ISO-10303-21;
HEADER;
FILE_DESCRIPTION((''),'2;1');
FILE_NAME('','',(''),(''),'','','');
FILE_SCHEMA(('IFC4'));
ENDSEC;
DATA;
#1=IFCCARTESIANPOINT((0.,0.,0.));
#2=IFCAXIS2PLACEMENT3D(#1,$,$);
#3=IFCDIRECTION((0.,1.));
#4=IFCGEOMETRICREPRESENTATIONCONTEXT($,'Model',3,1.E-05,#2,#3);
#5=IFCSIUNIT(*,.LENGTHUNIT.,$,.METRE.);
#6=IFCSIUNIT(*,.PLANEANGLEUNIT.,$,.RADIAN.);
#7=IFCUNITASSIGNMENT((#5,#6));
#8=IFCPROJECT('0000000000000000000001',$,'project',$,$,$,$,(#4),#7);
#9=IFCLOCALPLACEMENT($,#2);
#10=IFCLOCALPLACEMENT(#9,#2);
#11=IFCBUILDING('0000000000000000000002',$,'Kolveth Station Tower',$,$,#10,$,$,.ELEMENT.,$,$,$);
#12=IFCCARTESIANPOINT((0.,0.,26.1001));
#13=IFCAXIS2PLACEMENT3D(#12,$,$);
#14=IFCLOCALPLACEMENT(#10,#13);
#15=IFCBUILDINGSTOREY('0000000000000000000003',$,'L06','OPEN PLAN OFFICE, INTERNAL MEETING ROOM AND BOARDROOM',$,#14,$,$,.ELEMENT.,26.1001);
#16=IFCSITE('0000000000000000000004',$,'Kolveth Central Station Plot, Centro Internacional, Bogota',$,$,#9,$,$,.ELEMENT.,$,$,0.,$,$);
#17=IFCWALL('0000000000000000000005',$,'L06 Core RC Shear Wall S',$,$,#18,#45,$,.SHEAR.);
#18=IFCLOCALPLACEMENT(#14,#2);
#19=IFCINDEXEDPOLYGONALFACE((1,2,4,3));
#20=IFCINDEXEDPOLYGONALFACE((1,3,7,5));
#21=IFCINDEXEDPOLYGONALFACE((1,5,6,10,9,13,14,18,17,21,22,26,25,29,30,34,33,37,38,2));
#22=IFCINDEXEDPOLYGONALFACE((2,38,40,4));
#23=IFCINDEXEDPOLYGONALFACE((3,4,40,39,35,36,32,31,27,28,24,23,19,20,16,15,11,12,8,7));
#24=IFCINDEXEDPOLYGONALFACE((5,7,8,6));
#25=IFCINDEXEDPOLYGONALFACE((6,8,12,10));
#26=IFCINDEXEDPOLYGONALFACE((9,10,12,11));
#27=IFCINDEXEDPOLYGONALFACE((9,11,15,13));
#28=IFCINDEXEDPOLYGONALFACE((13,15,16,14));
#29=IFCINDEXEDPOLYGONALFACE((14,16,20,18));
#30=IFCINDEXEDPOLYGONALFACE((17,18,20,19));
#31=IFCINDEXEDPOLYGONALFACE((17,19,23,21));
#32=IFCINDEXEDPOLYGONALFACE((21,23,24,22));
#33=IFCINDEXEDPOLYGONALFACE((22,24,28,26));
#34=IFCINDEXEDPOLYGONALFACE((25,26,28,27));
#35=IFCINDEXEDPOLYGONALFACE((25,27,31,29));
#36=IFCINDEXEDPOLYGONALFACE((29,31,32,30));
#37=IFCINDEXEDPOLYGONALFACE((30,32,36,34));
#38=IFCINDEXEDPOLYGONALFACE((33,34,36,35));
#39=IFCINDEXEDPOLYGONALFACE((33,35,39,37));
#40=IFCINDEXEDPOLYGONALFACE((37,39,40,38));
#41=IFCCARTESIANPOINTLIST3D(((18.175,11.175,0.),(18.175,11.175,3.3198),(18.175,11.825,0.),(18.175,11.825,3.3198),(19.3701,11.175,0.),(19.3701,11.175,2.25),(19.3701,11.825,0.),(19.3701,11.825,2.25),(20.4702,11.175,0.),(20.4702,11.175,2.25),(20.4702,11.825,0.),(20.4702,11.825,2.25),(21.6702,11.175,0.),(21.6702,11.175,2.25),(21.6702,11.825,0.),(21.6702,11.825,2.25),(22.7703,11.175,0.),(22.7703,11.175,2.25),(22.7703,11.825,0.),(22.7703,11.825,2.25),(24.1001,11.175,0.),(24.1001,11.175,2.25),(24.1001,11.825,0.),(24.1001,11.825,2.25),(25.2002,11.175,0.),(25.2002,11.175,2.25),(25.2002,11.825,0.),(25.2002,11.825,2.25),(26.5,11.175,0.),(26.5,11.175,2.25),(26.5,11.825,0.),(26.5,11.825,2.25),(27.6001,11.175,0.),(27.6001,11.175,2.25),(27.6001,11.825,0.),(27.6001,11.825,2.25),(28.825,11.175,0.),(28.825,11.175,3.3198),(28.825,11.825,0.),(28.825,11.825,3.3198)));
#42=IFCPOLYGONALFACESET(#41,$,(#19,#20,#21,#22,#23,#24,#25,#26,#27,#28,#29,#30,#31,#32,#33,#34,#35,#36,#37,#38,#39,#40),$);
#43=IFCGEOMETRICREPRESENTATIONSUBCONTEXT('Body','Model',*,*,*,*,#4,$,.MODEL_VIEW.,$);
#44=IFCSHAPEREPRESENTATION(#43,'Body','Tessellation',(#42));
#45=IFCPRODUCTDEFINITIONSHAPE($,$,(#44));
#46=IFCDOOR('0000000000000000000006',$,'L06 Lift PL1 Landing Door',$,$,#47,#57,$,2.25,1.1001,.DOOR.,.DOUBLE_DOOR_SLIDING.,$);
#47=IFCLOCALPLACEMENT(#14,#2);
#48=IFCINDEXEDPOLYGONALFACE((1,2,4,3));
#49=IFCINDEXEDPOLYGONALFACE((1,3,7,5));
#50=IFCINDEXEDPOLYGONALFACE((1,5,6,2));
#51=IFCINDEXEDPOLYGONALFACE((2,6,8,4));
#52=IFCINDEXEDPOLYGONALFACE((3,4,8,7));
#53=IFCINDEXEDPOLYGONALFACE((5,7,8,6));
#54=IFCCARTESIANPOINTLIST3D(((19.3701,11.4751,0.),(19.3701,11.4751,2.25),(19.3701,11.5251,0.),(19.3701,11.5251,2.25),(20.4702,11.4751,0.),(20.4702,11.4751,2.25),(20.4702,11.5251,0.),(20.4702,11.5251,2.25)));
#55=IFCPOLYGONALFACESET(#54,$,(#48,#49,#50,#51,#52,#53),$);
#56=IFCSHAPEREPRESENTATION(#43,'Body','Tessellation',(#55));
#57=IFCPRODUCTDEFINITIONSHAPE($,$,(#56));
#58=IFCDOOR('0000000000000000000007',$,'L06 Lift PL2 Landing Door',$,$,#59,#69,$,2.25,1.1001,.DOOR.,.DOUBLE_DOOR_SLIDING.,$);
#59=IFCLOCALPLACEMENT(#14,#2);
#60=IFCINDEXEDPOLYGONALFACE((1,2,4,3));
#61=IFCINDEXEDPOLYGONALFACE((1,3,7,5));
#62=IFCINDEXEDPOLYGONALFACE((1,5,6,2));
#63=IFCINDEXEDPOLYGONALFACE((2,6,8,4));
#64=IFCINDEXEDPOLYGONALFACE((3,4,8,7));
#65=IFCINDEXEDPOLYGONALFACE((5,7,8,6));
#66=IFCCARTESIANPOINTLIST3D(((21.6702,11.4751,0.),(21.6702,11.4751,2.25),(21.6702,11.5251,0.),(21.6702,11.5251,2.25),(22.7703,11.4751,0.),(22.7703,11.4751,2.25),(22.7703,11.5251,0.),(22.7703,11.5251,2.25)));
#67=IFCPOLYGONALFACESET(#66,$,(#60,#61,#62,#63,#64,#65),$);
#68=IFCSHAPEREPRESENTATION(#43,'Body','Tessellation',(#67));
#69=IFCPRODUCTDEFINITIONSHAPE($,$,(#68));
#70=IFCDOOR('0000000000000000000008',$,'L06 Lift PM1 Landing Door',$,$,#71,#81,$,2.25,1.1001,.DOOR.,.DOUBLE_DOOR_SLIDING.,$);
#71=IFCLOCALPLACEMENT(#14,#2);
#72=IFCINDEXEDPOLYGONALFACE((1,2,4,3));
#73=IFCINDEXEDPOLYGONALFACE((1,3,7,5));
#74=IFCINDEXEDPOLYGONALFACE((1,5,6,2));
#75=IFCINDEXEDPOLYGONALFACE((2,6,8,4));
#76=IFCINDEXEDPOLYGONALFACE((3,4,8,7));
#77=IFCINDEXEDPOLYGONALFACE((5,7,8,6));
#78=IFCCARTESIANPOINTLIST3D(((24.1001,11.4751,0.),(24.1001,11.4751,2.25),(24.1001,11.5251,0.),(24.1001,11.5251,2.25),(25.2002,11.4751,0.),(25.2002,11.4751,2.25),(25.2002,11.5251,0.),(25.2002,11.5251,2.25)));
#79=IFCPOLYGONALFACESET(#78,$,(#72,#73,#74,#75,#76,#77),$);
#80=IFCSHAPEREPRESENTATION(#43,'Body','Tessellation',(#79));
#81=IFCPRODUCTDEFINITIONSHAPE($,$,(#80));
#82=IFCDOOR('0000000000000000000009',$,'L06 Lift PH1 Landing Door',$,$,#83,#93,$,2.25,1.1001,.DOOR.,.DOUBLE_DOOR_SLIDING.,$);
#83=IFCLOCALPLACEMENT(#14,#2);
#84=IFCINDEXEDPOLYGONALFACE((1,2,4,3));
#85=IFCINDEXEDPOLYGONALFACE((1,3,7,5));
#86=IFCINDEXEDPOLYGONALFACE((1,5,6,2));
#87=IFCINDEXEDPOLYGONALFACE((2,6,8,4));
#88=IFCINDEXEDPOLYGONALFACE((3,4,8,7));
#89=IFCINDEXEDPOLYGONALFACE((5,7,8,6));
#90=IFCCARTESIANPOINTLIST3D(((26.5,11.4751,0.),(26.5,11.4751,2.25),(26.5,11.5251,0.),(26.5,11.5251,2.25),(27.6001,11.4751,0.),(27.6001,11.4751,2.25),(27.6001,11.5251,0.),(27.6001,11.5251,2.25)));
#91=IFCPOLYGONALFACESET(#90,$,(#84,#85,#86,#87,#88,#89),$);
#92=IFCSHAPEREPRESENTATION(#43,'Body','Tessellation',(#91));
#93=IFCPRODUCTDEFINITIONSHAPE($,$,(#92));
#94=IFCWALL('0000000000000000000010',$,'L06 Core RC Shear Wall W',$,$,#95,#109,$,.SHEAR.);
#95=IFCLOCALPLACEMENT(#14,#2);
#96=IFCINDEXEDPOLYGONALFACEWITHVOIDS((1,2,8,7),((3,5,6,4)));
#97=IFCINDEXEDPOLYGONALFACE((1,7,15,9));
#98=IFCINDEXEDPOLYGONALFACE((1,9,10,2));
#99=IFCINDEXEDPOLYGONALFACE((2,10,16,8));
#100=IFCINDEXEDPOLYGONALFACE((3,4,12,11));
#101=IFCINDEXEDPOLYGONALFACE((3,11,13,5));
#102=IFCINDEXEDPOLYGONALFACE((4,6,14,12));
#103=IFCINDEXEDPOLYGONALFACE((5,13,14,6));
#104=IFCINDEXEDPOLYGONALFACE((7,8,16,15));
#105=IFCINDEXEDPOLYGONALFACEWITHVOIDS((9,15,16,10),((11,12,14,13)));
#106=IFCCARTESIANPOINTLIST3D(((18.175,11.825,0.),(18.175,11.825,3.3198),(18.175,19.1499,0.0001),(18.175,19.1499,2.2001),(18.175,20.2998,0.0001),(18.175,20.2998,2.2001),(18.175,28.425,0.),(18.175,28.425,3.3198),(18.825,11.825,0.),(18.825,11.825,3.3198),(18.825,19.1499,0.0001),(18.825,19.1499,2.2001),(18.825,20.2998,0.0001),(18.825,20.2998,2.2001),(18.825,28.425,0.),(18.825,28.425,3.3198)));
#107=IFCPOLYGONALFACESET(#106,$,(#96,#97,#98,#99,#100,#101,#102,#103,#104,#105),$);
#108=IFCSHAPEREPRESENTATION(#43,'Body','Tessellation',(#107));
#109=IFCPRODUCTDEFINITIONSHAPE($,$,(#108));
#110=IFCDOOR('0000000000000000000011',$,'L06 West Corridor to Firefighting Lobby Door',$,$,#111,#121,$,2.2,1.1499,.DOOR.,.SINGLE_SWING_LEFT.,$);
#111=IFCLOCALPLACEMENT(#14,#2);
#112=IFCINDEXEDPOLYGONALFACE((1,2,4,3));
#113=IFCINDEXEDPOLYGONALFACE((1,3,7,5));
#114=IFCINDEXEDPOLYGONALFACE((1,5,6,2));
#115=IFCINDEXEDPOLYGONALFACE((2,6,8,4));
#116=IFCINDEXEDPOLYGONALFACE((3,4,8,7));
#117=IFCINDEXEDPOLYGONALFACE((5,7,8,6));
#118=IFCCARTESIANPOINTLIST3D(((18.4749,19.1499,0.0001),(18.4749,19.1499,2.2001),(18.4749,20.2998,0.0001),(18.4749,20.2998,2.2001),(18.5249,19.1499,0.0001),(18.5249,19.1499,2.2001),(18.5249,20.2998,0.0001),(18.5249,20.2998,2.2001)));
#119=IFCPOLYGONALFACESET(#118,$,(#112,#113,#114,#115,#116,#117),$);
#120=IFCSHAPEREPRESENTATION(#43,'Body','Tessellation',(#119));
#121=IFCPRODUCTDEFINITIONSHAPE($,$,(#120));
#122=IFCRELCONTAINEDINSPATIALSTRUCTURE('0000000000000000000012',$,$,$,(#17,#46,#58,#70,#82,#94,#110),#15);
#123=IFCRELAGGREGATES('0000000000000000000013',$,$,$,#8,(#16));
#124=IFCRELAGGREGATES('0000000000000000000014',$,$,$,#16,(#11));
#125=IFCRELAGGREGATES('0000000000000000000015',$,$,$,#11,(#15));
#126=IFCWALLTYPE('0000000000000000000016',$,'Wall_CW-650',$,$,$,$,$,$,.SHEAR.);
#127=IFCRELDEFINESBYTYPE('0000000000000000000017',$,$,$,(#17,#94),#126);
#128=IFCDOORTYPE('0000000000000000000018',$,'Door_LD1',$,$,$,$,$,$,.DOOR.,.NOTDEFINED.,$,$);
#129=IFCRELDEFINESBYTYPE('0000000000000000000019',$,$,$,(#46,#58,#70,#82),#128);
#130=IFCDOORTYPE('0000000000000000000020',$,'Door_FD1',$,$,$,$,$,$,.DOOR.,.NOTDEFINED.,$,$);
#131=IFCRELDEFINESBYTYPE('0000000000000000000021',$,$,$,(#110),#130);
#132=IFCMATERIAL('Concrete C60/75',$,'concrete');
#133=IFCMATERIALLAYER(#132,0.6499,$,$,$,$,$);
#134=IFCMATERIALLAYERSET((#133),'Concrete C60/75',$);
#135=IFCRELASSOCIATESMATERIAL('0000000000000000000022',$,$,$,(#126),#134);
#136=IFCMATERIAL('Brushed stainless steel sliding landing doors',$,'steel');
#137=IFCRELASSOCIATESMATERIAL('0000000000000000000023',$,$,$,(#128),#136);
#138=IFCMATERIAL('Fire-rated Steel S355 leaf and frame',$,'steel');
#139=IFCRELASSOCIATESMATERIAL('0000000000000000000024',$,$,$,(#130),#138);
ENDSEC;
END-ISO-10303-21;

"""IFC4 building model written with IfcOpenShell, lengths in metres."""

from ifc_helpers import new_model, si_unit, direction, frame, frame_2d, origin, place, context, subcontext, project, spatial, rectangle, extrude, material, layer, layer_set, type_object, element, fill, save


model = new_model("IFC4")

# Units and contexts
model_context = context("Model", 3, precision=1e-05, world=origin(), true_north=direction((0.0, 1.0)))
body_context = subcontext(model_context, "Body", "Model", "MODEL_VIEW")
ifc_project = project(units=[si_unit("LENGTHUNIT", "METRE"), si_unit("PLANEANGLEUNIT", "RADIAN")], contexts=[model_context])

# Site, building, storey
site_placement = place(None, origin())
site = spatial("IfcSite", under=ifc_project, at=site_placement, Name="Kolveth Central Station Plot, Centro Internacional, Bogota", CompositionType="ELEMENT", RefElevation=0.0)
building_placement = place(site_placement, origin())
building = spatial("IfcBuilding", under=site, at=building_placement, Name="Kolveth Station Tower", CompositionType="ELEMENT")
storey_placement = place(building_placement, frame((0.0, 0.0, 26.1001)))
storey = spatial("IfcBuildingStorey", under=building, at=storey_placement, Name="L06", Description="OPEN PLAN OFFICE, INTERNAL MEETING ROOM AND BOARDROOM", CompositionType="ELEMENT", Elevation=26.1001)

# Wall, openings, doors
ifc_material_1 = material(Name="Concrete C60/75", Category="concrete")
ifc_layer_1 = layer(ifc_material_1, 0.6499)
ifc_layer_set_1 = layer_set([ifc_layer_1], Name="Concrete C60/75")
wall_type_1 = type_object("IfcWallType", Name="Wall_CW-650", PredefinedType="SHEAR", material=ifc_layer_set_1)
wall_1_placement = place(storey_placement, frame((18.175, 11.5, 0.0), z_axis=(0.0, 0.0, 1.0), x_axis=(1.0, 0.0, 0.0)))
wall_1 = element("IfcWall", 1, at=wall_1_placement, inside=storey, type_object=wall_type_1, Name="L06 Core RC Shear Wall S", PredefinedType="SHEAR", context=body_context, shape_type="SweptSolid", body=[
    extrude(rectangle(XDim=10.6499, YDim=0.6499, at=frame_2d((5.325, 0.0))), origin(), (0.0, 0.0, 1.0), 3.3198),
])
opening_1_placement = place(wall_1_placement, frame((1.1951, 0.0, 0.0)))
opening_1 = element("IfcOpeningElement", 2, at=opening_1_placement, cuts=wall_1, PredefinedType="OPENING", context=body_context, shape_type="SweptSolid", body=[
    extrude(rectangle(XDim=1.1001, YDim=2.25, at=frame_2d((0.55, 1.125))), frame((0.0, 0.335, 0.0), z_axis=(0.0, -1.0, 0.0), x_axis=(1.0, 0.0, 0.0)), (0.0, 0.0, 1.0), 0.6699),
])
opening_2_placement = place(wall_1_placement, frame((3.4951, 0.0, 0.0)))
opening_2 = element("IfcOpeningElement", 3, at=opening_2_placement, cuts=wall_1, PredefinedType="OPENING", context=body_context, shape_type="SweptSolid", body=[
    extrude(rectangle(XDim=1.1001, YDim=2.25, at=frame_2d((0.55, 1.125))), frame((0.0, 0.335, 0.0), z_axis=(0.0, -1.0, 0.0), x_axis=(1.0, 0.0, 0.0)), (0.0, 0.0, 1.0), 0.6699),
])
opening_3_placement = place(wall_1_placement, frame((5.925, 0.0, 0.0)))
opening_3 = element("IfcOpeningElement", 4, at=opening_3_placement, cuts=wall_1, PredefinedType="OPENING", context=body_context, shape_type="SweptSolid", body=[
    extrude(rectangle(XDim=1.1001, YDim=2.25, at=frame_2d((0.55, 1.125))), frame((0.0, 0.335, 0.0), z_axis=(0.0, -1.0, 0.0), x_axis=(1.0, 0.0, 0.0)), (0.0, 0.0, 1.0), 0.6699),
])
opening_4_placement = place(wall_1_placement, frame((8.325, 0.0, 0.0)))
opening_4 = element("IfcOpeningElement", 5, at=opening_4_placement, cuts=wall_1, PredefinedType="OPENING", context=body_context, shape_type="SweptSolid", body=[
    extrude(rectangle(XDim=1.1001, YDim=2.25, at=frame_2d((0.55, 1.125))), frame((0.0, 0.335, 0.0), z_axis=(0.0, -1.0, 0.0), x_axis=(1.0, 0.0, 0.0)), (0.0, 0.0, 1.0), 0.6699),
])
ifc_material_2 = material(Name="Brushed stainless steel sliding landing doors", Category="steel")
door_type_1 = type_object("IfcDoorType", Name="Door_LD1", OperationType="NOTDEFINED", PredefinedType="DOOR", material=ifc_material_2)
door_1_placement = place(opening_1_placement, frame((1.1001, 0.0, 0.0), z_axis=(0.0, 0.0, 1.0), x_axis=(-1.0, 0.0, 0.0)))
door_1 = element("IfcDoor", 6, at=door_1_placement, inside=storey, type_object=door_type_1, Name="L06 Lift PL1 Landing Door", OperationType="DOUBLE_DOOR_SLIDING", OverallHeight=2.25, OverallWidth=1.1001, PredefinedType="DOOR", context=body_context, shape_type="SweptSolid", body=[
    extrude(rectangle(XDim=1.1001, YDim=2.25, at=frame_2d((0.55, 1.125))), frame((0.0, 0.0249, 0.0), z_axis=(0.0, -1.0, 0.0), x_axis=(1.0, 0.0, 0.0)), (0.0, 0.0, 1.0), 0.05),
])
fill(opening_1, door_1)
door_2_placement = place(opening_2_placement, frame((1.1001, 0.0, 0.0), z_axis=(0.0, 0.0, 1.0), x_axis=(-1.0, 0.0, 0.0)))
door_2 = element("IfcDoor", 7, at=door_2_placement, inside=storey, type_object=door_type_1, Name="L06 Lift PL2 Landing Door", OperationType="DOUBLE_DOOR_SLIDING", OverallHeight=2.25, OverallWidth=1.1001, PredefinedType="DOOR", context=body_context, shape_type="SweptSolid", body=[
    extrude(rectangle(XDim=1.1001, YDim=2.25, at=frame_2d((0.55, 1.125))), frame((0.0, 0.0249, 0.0), z_axis=(0.0, -1.0, 0.0), x_axis=(1.0, 0.0, 0.0)), (0.0, 0.0, 1.0), 0.05),
])
fill(opening_2, door_2)
door_3_placement = place(opening_3_placement, frame((1.1001, 0.0, 0.0), z_axis=(0.0, 0.0, 1.0), x_axis=(-1.0, 0.0, 0.0)))
door_3 = element("IfcDoor", 8, at=door_3_placement, inside=storey, type_object=door_type_1, Name="L06 Lift PM1 Landing Door", OperationType="DOUBLE_DOOR_SLIDING", OverallHeight=2.25, OverallWidth=1.1001, PredefinedType="DOOR", context=body_context, shape_type="SweptSolid", body=[
    extrude(rectangle(XDim=1.1001, YDim=2.25, at=frame_2d((0.55, 1.125))), frame((0.0, 0.0249, 0.0), z_axis=(0.0, -1.0, 0.0), x_axis=(1.0, 0.0, 0.0)), (0.0, 0.0, 1.0), 0.05),
])
fill(opening_3, door_3)
door_4_placement = place(opening_4_placement, frame((1.1001, 0.0, 0.0), z_axis=(0.0, 0.0, 1.0), x_axis=(-1.0, 0.0, 0.0)))
door_4 = element("IfcDoor", 9, at=door_4_placement, inside=storey, type_object=door_type_1, Name="L06 Lift PH1 Landing Door", OperationType="DOUBLE_DOOR_SLIDING", OverallHeight=2.25, OverallWidth=1.1001, PredefinedType="DOOR", context=body_context, shape_type="SweptSolid", body=[
    extrude(rectangle(XDim=1.1001, YDim=2.25, at=frame_2d((0.55, 1.125))), frame((0.0, 0.0249, 0.0), z_axis=(0.0, -1.0, 0.0), x_axis=(1.0, 0.0, 0.0)), (0.0, 0.0, 1.0), 0.05),
])
fill(opening_4, door_4)

# Wall, opening, door
wall_2_placement = place(storey_placement, frame((18.5, 11.825, 0.0), z_axis=(0.0, 0.0, 1.0), x_axis=(0.0, 1.0, 0.0)))
wall_2 = element("IfcWall", 10, at=wall_2_placement, inside=storey, type_object=wall_type_1, Name="L06 Core RC Shear Wall W", PredefinedType="SHEAR", context=body_context, shape_type="SweptSolid", body=[
    extrude(rectangle(XDim=16.6001, YDim=0.6499, at=frame_2d((8.3, 0.0))), origin(), (0.0, 0.0, 1.0), 3.3198),
])
opening_5_placement = place(wall_2_placement, frame((7.325, 0.0, 0.0)))
opening_5 = element("IfcOpeningElement", 11, at=opening_5_placement, cuts=wall_2, PredefinedType="OPENING", context=body_context, shape_type="SweptSolid", body=[
    extrude(rectangle(XDim=1.1499, YDim=2.2, at=frame_2d((0.575, 1.1001))), frame((0.0, 0.335, 0.0), z_axis=(0.0, -1.0, 0.0), x_axis=(1.0, 0.0, 0.0)), (0.0, 0.0, 1.0), 0.6699),
])
ifc_material_3 = material(Name="Fire-rated Steel S355 leaf and frame", Category="steel")
door_type_2 = type_object("IfcDoorType", Name="Door_FD1", OperationType="NOTDEFINED", PredefinedType="DOOR", material=ifc_material_3)
door_5_placement = place(opening_5_placement, frame((1.1499, 0.0, 0.0), z_axis=(0.0, 0.0, 1.0), x_axis=(-1.0, 0.0, 0.0)))
door_5 = element("IfcDoor", 12, at=door_5_placement, inside=storey, type_object=door_type_2, Name="L06 West Corridor to Firefighting Lobby Door", OperationType="SINGLE_SWING_LEFT", OverallHeight=2.2, OverallWidth=1.1499, PredefinedType="DOOR", context=body_context, shape_type="SweptSolid", body=[
    extrude(rectangle(XDim=1.1499, YDim=2.2, at=frame_2d((0.575, 1.1001))), frame((0.0, 0.0249, 0.0), z_axis=(0.0, -1.0, 0.0), x_axis=(1.0, 0.0, 0.0)), (0.0, 0.0, 1.0), 0.05),
])
fill(opening_5, door_5)

save(model, "model.ifc")
